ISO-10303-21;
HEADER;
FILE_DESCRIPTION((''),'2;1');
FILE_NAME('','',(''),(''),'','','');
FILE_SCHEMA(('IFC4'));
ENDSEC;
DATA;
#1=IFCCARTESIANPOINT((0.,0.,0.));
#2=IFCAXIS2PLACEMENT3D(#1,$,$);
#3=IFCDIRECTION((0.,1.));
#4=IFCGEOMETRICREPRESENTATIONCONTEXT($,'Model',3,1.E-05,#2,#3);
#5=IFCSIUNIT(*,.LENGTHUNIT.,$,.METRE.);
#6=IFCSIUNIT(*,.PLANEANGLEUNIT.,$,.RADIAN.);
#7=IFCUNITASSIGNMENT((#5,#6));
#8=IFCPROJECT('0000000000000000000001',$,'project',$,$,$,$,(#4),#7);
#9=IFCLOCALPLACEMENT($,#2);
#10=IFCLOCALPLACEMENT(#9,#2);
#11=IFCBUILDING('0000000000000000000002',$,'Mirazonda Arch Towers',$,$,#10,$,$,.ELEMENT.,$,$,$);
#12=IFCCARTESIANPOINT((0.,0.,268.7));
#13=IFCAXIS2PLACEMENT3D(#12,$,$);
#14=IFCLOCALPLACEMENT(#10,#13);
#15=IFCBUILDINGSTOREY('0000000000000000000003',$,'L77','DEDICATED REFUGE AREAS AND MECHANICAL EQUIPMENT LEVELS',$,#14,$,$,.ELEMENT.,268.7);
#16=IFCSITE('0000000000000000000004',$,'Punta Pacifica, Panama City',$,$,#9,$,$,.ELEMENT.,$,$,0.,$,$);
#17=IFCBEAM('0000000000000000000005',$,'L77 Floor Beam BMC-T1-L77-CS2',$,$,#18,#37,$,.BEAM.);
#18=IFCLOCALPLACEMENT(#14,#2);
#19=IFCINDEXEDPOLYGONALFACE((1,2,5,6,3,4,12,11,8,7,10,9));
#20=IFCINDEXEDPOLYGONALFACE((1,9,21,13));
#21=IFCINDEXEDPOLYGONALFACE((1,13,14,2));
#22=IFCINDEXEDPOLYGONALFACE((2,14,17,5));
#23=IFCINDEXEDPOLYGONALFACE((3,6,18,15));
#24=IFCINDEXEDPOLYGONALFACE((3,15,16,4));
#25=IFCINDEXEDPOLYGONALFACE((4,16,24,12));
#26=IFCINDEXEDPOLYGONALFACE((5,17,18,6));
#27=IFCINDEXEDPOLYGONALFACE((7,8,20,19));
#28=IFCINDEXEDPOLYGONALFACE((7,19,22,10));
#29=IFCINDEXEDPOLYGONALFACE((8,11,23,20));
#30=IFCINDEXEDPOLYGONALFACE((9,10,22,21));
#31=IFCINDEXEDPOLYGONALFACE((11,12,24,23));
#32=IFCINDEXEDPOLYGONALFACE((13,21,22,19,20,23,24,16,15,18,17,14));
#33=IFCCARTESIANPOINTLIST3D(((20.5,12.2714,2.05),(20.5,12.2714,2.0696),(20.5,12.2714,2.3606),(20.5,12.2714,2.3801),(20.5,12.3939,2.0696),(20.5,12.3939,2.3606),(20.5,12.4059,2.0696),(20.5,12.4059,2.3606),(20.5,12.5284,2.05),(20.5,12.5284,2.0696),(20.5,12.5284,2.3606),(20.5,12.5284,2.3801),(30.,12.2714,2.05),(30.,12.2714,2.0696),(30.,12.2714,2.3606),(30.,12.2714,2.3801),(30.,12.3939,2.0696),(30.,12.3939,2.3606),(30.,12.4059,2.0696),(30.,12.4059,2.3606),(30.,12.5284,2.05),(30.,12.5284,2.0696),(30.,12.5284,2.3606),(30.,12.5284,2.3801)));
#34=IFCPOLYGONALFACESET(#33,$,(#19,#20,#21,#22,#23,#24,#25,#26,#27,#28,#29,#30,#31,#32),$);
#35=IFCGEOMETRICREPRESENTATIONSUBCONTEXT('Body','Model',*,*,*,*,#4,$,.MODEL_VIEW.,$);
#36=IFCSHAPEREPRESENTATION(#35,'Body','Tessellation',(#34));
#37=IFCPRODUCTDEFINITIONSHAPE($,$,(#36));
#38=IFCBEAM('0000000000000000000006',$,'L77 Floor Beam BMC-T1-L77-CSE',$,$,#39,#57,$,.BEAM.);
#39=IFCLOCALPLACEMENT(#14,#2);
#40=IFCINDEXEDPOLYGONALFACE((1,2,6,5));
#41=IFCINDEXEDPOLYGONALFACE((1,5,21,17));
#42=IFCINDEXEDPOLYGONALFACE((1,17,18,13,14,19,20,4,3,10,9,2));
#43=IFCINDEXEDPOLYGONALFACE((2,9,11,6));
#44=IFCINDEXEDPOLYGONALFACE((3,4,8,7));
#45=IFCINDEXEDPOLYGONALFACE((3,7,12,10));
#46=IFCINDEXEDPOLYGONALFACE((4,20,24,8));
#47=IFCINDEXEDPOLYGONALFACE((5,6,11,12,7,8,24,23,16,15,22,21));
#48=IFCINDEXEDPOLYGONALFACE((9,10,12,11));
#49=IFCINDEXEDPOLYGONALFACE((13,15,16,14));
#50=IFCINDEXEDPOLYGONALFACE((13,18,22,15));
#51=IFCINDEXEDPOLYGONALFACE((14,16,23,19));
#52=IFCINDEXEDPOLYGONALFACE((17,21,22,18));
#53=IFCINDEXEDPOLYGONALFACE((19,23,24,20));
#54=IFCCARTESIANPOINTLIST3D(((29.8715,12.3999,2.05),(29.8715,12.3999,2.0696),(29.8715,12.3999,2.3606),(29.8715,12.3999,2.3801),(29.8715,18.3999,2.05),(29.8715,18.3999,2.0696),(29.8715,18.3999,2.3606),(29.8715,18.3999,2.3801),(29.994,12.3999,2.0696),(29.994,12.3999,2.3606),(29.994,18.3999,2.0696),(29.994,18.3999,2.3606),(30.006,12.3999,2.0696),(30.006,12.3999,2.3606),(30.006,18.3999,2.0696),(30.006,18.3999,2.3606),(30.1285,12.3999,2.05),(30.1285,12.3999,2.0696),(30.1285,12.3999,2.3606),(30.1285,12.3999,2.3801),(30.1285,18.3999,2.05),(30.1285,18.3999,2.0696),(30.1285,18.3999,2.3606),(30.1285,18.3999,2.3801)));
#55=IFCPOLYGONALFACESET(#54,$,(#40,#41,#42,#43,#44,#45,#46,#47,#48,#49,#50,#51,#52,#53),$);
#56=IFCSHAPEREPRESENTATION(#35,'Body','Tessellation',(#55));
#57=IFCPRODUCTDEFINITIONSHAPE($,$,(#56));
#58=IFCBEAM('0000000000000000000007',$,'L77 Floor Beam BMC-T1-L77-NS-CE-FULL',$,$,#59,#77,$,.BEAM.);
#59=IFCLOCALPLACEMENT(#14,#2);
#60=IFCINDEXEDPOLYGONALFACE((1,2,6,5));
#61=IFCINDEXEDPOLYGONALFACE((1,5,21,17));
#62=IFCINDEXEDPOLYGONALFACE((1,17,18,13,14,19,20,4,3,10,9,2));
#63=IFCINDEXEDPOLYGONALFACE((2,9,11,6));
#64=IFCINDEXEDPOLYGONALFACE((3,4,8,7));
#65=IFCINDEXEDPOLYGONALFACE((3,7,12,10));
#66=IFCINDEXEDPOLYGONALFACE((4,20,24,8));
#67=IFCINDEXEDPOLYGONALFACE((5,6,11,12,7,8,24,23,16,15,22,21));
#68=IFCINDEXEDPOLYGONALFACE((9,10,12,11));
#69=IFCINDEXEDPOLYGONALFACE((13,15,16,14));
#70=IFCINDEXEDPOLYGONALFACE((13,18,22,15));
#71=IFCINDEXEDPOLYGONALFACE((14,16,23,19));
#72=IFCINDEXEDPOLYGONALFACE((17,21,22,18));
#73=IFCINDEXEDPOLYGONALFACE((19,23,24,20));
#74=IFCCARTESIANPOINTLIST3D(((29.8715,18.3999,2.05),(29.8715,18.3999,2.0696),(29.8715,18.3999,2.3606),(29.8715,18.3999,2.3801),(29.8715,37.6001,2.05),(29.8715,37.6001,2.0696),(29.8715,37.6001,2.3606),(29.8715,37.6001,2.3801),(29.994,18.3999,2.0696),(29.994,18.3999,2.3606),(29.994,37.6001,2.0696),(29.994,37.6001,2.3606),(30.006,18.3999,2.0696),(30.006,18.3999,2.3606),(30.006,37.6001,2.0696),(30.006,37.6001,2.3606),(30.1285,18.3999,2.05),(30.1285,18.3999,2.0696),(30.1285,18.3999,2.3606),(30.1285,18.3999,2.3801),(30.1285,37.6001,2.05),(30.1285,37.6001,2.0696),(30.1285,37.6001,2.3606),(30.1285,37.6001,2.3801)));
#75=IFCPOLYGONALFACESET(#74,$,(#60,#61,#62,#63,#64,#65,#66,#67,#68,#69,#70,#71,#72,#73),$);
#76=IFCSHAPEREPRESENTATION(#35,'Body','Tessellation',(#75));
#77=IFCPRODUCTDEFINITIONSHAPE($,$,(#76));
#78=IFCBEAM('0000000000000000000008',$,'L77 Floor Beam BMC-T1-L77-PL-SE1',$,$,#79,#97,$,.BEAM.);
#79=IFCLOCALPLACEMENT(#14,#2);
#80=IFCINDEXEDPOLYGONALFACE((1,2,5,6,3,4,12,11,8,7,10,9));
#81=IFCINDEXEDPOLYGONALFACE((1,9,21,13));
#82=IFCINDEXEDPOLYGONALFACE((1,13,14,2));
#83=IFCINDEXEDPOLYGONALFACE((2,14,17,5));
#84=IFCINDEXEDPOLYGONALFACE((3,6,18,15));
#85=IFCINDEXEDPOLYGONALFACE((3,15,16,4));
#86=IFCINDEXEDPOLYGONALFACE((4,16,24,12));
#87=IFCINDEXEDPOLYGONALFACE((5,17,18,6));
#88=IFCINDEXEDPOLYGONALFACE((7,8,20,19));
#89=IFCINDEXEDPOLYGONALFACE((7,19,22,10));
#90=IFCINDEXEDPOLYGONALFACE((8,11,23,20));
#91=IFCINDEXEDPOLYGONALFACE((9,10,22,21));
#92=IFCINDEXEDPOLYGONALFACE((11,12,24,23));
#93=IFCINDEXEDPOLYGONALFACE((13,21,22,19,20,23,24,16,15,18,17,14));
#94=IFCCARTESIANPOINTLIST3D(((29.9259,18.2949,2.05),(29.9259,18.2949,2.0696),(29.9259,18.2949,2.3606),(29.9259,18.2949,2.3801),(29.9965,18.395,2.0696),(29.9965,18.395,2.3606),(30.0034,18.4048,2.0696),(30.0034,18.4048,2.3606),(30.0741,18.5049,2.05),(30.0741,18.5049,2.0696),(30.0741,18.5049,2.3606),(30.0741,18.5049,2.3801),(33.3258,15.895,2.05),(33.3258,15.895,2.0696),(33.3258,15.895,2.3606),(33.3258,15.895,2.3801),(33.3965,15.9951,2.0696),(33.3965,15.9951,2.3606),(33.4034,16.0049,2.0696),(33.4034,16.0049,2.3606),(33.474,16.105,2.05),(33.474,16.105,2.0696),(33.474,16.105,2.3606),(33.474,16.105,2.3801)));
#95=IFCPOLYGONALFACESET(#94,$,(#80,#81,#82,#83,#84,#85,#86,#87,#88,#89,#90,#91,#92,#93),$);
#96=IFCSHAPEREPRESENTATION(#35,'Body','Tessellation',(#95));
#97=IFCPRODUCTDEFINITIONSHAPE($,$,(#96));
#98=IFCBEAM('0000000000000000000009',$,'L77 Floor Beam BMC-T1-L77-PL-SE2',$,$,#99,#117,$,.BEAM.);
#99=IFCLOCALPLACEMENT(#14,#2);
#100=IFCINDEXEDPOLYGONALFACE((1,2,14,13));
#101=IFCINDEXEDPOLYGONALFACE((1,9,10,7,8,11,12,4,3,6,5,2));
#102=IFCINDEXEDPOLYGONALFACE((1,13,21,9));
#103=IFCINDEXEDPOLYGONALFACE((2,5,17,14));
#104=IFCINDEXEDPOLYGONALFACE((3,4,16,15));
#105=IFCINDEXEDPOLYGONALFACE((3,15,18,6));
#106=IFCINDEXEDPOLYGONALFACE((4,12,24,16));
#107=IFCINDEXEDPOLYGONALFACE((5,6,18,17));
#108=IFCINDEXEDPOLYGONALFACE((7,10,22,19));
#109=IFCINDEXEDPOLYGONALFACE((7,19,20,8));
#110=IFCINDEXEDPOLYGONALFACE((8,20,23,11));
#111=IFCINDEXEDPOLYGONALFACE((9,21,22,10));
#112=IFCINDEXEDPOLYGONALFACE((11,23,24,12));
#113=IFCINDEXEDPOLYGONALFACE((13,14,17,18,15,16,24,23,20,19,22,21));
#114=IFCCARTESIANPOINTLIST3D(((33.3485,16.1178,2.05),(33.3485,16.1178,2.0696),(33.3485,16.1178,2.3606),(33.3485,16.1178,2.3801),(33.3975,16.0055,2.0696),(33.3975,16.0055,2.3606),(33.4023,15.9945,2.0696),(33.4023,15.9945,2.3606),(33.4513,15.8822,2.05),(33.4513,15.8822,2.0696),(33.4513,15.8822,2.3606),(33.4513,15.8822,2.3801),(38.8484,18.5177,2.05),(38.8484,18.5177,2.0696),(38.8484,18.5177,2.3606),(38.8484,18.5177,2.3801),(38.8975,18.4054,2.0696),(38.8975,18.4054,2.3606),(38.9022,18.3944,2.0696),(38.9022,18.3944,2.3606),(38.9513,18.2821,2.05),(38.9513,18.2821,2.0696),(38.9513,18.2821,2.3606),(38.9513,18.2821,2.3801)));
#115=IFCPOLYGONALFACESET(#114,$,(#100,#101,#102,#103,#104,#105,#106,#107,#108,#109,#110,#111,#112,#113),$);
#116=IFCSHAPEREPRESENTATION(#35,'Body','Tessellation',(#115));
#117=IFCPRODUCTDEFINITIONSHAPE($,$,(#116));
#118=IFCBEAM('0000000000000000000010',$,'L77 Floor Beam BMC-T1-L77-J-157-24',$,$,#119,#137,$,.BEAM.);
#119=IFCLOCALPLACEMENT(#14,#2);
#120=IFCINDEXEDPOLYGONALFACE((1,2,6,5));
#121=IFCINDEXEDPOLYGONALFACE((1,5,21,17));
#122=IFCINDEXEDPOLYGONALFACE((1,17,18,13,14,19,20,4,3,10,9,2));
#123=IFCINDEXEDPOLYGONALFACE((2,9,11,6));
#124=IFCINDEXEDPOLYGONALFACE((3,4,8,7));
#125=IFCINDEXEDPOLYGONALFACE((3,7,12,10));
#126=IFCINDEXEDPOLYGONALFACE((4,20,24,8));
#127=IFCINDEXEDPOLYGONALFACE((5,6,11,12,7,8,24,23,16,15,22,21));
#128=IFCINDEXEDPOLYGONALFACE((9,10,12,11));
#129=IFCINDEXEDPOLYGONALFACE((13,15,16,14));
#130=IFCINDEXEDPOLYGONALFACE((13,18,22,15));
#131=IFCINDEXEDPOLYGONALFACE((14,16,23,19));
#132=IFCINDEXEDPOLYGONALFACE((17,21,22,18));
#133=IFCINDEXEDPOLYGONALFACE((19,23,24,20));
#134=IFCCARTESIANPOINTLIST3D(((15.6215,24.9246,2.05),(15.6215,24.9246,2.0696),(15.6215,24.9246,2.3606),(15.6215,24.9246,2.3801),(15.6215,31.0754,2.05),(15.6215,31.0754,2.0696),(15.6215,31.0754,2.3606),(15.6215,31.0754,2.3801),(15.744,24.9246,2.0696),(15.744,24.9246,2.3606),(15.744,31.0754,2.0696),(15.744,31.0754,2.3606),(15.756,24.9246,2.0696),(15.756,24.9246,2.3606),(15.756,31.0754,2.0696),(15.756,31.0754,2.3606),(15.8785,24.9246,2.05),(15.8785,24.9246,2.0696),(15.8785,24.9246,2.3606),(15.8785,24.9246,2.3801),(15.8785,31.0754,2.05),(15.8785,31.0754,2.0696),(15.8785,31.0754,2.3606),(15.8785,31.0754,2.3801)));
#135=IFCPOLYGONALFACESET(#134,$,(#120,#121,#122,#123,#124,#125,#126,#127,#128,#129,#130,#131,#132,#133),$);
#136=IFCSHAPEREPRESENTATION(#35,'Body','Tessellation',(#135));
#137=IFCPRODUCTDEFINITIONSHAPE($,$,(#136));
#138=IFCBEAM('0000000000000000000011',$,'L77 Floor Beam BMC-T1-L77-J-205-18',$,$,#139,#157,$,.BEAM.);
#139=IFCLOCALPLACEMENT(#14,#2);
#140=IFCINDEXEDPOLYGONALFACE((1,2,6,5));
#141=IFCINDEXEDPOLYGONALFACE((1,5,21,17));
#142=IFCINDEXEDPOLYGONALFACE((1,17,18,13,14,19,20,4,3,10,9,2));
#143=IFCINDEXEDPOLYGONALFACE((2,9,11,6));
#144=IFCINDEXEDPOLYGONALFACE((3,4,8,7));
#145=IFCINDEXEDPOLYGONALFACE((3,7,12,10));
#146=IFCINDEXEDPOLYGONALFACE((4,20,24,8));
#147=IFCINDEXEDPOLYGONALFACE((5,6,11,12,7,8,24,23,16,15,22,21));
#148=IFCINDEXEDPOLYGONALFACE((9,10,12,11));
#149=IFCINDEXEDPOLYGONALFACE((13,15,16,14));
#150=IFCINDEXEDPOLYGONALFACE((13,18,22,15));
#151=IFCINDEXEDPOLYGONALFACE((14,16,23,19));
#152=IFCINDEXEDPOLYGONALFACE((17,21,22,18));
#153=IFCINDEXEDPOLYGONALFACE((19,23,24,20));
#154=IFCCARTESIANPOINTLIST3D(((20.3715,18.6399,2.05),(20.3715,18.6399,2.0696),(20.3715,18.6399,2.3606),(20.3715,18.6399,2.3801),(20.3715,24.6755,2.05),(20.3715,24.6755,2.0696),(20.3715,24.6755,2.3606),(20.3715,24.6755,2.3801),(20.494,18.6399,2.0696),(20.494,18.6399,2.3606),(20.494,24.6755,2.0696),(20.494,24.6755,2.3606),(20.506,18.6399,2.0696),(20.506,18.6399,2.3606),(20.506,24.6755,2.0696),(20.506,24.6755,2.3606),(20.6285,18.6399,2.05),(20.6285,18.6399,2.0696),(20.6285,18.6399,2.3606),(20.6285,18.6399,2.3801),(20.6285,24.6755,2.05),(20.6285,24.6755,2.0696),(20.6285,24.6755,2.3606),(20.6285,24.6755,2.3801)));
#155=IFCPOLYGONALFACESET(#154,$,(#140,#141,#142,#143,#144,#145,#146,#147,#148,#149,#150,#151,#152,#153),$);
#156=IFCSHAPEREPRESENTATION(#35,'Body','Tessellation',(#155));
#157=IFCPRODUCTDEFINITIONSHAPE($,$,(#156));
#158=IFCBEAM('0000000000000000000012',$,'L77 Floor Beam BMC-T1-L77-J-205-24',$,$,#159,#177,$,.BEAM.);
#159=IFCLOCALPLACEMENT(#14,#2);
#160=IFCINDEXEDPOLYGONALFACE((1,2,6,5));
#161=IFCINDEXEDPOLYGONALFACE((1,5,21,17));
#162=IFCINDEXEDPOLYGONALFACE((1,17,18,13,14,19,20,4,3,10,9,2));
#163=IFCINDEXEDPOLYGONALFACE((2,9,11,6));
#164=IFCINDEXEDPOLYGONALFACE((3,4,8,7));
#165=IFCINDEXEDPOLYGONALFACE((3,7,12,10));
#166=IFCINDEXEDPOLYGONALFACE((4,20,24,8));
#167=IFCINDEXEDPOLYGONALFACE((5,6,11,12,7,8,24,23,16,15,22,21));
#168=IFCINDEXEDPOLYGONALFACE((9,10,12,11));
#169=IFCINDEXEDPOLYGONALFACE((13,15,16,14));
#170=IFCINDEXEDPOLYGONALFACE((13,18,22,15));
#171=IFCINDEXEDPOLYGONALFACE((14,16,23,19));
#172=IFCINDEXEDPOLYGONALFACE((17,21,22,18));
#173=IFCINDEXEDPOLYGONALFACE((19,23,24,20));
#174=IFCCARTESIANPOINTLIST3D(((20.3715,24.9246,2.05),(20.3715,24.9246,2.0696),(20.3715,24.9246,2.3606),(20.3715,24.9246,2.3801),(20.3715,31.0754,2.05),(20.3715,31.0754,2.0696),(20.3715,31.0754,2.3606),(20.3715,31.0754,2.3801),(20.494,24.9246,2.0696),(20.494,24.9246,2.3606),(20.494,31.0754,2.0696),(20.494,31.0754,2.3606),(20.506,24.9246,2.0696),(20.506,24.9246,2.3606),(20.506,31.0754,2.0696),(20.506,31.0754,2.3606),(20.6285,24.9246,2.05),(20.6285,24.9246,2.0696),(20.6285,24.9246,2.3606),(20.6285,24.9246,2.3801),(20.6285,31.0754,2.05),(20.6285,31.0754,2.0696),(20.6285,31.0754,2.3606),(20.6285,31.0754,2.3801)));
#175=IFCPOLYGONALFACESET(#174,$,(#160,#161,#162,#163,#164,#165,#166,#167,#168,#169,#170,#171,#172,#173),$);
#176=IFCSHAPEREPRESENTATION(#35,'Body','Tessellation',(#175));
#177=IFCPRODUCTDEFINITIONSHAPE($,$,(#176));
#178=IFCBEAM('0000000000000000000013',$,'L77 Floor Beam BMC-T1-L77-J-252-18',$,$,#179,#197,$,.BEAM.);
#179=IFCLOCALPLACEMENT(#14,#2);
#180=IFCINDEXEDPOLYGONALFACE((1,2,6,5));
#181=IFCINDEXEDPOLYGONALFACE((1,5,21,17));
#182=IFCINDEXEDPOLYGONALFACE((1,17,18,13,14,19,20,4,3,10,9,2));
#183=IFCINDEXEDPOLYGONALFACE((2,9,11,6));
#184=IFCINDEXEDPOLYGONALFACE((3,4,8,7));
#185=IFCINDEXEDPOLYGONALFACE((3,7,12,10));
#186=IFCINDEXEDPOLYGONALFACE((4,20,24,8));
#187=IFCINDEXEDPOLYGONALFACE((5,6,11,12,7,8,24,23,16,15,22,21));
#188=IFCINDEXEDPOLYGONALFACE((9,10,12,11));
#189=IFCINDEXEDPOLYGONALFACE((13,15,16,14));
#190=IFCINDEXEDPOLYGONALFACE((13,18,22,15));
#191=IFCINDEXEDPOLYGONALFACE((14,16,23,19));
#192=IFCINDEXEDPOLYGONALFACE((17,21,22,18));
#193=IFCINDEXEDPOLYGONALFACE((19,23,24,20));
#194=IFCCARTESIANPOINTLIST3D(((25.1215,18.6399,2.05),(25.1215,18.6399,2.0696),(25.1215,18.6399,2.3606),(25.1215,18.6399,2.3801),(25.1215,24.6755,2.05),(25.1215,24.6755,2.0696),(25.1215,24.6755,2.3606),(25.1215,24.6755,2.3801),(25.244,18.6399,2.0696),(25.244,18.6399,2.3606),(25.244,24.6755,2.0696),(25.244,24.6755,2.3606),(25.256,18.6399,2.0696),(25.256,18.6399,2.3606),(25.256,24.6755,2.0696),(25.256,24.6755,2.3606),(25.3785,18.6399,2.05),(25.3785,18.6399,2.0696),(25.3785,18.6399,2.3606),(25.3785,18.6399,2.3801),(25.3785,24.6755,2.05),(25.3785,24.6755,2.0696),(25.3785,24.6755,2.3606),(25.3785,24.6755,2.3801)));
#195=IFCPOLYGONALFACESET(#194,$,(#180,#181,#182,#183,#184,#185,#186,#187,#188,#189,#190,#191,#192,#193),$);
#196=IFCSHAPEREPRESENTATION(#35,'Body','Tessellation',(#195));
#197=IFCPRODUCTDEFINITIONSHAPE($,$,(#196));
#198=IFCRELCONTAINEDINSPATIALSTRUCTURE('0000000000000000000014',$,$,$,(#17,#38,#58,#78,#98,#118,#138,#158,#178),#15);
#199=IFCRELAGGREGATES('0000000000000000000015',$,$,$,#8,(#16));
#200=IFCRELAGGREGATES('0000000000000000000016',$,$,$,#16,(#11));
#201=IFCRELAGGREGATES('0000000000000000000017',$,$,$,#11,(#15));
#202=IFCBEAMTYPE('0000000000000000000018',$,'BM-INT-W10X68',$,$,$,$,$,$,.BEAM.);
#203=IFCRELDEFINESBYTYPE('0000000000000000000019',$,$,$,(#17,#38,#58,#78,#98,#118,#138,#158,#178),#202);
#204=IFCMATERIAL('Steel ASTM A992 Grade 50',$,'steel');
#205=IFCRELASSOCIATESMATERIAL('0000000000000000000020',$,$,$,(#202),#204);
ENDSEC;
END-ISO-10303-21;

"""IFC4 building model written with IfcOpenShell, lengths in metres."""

from ifc_helpers import new_model, si_unit, direction, frame, origin, origin_2d, place, context, subcontext, project, spatial, i_section, extrude, material, material_profile, profile_set, type_object, element, save


model = new_model("IFC4")

# Units and contexts
model_context = context("Model", 3, precision=1e-05, world=origin(), true_north=direction((0.0, 1.0)))
body_context = subcontext(model_context, "Body", "Model", "MODEL_VIEW")
ifc_project = project(units=[si_unit("LENGTHUNIT", "METRE"), si_unit("PLANEANGLEUNIT", "RADIAN")], contexts=[model_context])

# Site, building, storey
site_placement = place(None, origin())
site = spatial("IfcSite", under=ifc_project, at=site_placement, Name="Punta Pacifica, Panama City", CompositionType="ELEMENT", RefElevation=0.0)
building_placement = place(site_placement, origin())
building = spatial("IfcBuilding", under=site, at=building_placement, Name="Mirazonda Arch Towers", CompositionType="ELEMENT")
storey_placement = place(building_placement, frame((0.0, 0.0, 268.7)))
storey = spatial("IfcBuildingStorey", under=building, at=storey_placement, Name="L77", Description="DEDICATED REFUGE AREAS AND MECHANICAL EQUIPMENT LEVELS", CompositionType="ELEMENT", Elevation=268.7)

# Beams
ifc_material_1 = material(Name="Steel ASTM A992 Grade 50", Category="steel")
ifc_material_profile_1 = material_profile(ifc_material_1, i_section(OverallWidth=0.2571, OverallDepth=0.3301, WebThickness=0.012, FlangeThickness=0.0195, at=origin_2d()), Name="W10X68")
ifc_profile_set_1 = profile_set([ifc_material_profile_1], Name="Steel ASTM A992 Grade 50")
beam_type_1 = type_object("IfcBeamType", Name="BM-INT-W10X68", PredefinedType="BEAM", material=ifc_profile_set_1)
beam_1_placement = place(storey_placement, frame((20.5, 12.3999, 2.2151), z_axis=(1.0, 0.0, 0.0), x_axis=(0.0, 1.0, 0.0)))
element("IfcBeam", 1, at=beam_1_placement, inside=storey, type_object=beam_type_1, Name="L77 Floor Beam BMC-T1-L77-CS2", PredefinedType="BEAM", context=body_context, shape_type="SweptSolid", body=[
    extrude(i_section(OverallWidth=0.2571, OverallDepth=0.3301, WebThickness=0.012, FlangeThickness=0.0195, at=origin_2d()), origin(), (0.0, 0.0, 1.0), 9.5),
])
beam_2_placement = place(storey_placement, frame((30.0, 12.3999, 2.2151), z_axis=(0.0, 1.0, 0.0), x_axis=(-1.0, 0.0, 0.0)))
element("IfcBeam", 2, at=beam_2_placement, inside=storey, type_object=beam_type_1, Name="L77 Floor Beam BMC-T1-L77-CSE", PredefinedType="BEAM", context=body_context, shape_type="SweptSolid", body=[
    extrude(i_section(OverallWidth=0.2571, OverallDepth=0.3301, WebThickness=0.012, FlangeThickness=0.0195, at=origin_2d()), origin(), (0.0, 0.0, 1.0), 6.0),
])
beam_3_placement = place(storey_placement, frame((30.0, 18.3999, 2.2151), z_axis=(0.0, 1.0, 0.0), x_axis=(-1.0, 0.0, 0.0)))
element("IfcBeam", 3, at=beam_3_placement, inside=storey, type_object=beam_type_1, Name="L77 Floor Beam BMC-T1-L77-NS-CE-FULL", PredefinedType="BEAM", context=body_context, shape_type="SweptSolid", body=[
    extrude(i_section(OverallWidth=0.2571, OverallDepth=0.3301, WebThickness=0.012, FlangeThickness=0.0195, at=origin_2d()), origin(), (0.0, 0.0, 1.0), 19.2002),
])
beam_4_placement = place(storey_placement, frame((33.3999, 16.0, 2.2151), z_axis=(-0.816971, 0.576679, 0.0), x_axis=(-0.576679, -0.816971, 0.0)))
element("IfcBeam", 4, at=beam_4_placement, inside=storey, type_object=beam_type_1, Name="L77 Floor Beam BMC-T1-L77-PL-SE1", PredefinedType="BEAM", context=body_context, shape_type="SweptSolid", body=[
    extrude(i_section(OverallWidth=0.2571, OverallDepth=0.3301, WebThickness=0.012, FlangeThickness=0.0195, at=origin_2d()), origin(), (0.0, 0.0, 1.0), 4.1616),
])
beam_5_placement = place(storey_placement, frame((33.3999, 16.0, 2.2151), z_axis=(0.916545, 0.399931, 0.0), x_axis=(-0.399931, 0.916545, 0.0)))
element("IfcBeam", 5, at=beam_5_placement, inside=storey, type_object=beam_type_1, Name="L77 Floor Beam BMC-T1-L77-PL-SE2", PredefinedType="BEAM", context=body_context, shape_type="SweptSolid", body=[
    extrude(i_section(OverallWidth=0.2571, OverallDepth=0.3301, WebThickness=0.012, FlangeThickness=0.0195, at=origin_2d()), origin(), (0.0, 0.0, 1.0), 6.0007),
])
beam_6_placement = place(storey_placement, frame((15.75, 24.9246, 2.2151), z_axis=(0.0, 1.0, 0.0), x_axis=(-1.0, 0.0, 0.0)))
element("IfcBeam", 6, at=beam_6_placement, inside=storey, type_object=beam_type_1, Name="L77 Floor Beam BMC-T1-L77-J-157-24", PredefinedType="BEAM", context=body_context, shape_type="SweptSolid", body=[
    extrude(i_section(OverallWidth=0.2571, OverallDepth=0.3301, WebThickness=0.012, FlangeThickness=0.0195, at=origin_2d()), origin(), (0.0, 0.0, 1.0), 6.1509),
])
beam_7_placement = place(storey_placement, frame((20.5, 18.6399, 2.2151), z_axis=(0.0, 1.0, 0.0), x_axis=(-1.0, 0.0, 0.0)))
element("IfcBeam", 7, at=beam_7_placement, inside=storey, type_object=beam_type_1, Name="L77 Floor Beam BMC-T1-L77-J-205-18", PredefinedType="BEAM", context=body_context, shape_type="SweptSolid", body=[
    extrude(i_section(OverallWidth=0.2571, OverallDepth=0.3301, WebThickness=0.012, FlangeThickness=0.0195, at=origin_2d()), origin(), (0.0, 0.0, 1.0), 6.0356),
])
beam_8_placement = place(storey_placement, frame((20.5, 24.9246, 2.2151), z_axis=(0.0, 1.0, 0.0), x_axis=(-1.0, 0.0, 0.0)))
element("IfcBeam", 8, at=beam_8_placement, inside=storey, type_object=beam_type_1, Name="L77 Floor Beam BMC-T1-L77-J-205-24", PredefinedType="BEAM", context=body_context, shape_type="SweptSolid", body=[
    extrude(i_section(OverallWidth=0.2571, OverallDepth=0.3301, WebThickness=0.012, FlangeThickness=0.0195, at=origin_2d()), origin(), (0.0, 0.0, 1.0), 6.1509),
])
beam_9_placement = place(storey_placement, frame((25.25, 18.6399, 2.2151), z_axis=(0.0, 1.0, 0.0), x_axis=(-1.0, 0.0, 0.0)))
element("IfcBeam", 9, at=beam_9_placement, inside=storey, type_object=beam_type_1, Name="L77 Floor Beam BMC-T1-L77-J-252-18", PredefinedType="BEAM", context=body_context, shape_type="SweptSolid", body=[
    extrude(i_section(OverallWidth=0.2571, OverallDepth=0.3301, WebThickness=0.012, FlangeThickness=0.0195, at=origin_2d()), origin(), (0.0, 0.0, 1.0), 6.0356),
])

save(model, "model.ifc")
